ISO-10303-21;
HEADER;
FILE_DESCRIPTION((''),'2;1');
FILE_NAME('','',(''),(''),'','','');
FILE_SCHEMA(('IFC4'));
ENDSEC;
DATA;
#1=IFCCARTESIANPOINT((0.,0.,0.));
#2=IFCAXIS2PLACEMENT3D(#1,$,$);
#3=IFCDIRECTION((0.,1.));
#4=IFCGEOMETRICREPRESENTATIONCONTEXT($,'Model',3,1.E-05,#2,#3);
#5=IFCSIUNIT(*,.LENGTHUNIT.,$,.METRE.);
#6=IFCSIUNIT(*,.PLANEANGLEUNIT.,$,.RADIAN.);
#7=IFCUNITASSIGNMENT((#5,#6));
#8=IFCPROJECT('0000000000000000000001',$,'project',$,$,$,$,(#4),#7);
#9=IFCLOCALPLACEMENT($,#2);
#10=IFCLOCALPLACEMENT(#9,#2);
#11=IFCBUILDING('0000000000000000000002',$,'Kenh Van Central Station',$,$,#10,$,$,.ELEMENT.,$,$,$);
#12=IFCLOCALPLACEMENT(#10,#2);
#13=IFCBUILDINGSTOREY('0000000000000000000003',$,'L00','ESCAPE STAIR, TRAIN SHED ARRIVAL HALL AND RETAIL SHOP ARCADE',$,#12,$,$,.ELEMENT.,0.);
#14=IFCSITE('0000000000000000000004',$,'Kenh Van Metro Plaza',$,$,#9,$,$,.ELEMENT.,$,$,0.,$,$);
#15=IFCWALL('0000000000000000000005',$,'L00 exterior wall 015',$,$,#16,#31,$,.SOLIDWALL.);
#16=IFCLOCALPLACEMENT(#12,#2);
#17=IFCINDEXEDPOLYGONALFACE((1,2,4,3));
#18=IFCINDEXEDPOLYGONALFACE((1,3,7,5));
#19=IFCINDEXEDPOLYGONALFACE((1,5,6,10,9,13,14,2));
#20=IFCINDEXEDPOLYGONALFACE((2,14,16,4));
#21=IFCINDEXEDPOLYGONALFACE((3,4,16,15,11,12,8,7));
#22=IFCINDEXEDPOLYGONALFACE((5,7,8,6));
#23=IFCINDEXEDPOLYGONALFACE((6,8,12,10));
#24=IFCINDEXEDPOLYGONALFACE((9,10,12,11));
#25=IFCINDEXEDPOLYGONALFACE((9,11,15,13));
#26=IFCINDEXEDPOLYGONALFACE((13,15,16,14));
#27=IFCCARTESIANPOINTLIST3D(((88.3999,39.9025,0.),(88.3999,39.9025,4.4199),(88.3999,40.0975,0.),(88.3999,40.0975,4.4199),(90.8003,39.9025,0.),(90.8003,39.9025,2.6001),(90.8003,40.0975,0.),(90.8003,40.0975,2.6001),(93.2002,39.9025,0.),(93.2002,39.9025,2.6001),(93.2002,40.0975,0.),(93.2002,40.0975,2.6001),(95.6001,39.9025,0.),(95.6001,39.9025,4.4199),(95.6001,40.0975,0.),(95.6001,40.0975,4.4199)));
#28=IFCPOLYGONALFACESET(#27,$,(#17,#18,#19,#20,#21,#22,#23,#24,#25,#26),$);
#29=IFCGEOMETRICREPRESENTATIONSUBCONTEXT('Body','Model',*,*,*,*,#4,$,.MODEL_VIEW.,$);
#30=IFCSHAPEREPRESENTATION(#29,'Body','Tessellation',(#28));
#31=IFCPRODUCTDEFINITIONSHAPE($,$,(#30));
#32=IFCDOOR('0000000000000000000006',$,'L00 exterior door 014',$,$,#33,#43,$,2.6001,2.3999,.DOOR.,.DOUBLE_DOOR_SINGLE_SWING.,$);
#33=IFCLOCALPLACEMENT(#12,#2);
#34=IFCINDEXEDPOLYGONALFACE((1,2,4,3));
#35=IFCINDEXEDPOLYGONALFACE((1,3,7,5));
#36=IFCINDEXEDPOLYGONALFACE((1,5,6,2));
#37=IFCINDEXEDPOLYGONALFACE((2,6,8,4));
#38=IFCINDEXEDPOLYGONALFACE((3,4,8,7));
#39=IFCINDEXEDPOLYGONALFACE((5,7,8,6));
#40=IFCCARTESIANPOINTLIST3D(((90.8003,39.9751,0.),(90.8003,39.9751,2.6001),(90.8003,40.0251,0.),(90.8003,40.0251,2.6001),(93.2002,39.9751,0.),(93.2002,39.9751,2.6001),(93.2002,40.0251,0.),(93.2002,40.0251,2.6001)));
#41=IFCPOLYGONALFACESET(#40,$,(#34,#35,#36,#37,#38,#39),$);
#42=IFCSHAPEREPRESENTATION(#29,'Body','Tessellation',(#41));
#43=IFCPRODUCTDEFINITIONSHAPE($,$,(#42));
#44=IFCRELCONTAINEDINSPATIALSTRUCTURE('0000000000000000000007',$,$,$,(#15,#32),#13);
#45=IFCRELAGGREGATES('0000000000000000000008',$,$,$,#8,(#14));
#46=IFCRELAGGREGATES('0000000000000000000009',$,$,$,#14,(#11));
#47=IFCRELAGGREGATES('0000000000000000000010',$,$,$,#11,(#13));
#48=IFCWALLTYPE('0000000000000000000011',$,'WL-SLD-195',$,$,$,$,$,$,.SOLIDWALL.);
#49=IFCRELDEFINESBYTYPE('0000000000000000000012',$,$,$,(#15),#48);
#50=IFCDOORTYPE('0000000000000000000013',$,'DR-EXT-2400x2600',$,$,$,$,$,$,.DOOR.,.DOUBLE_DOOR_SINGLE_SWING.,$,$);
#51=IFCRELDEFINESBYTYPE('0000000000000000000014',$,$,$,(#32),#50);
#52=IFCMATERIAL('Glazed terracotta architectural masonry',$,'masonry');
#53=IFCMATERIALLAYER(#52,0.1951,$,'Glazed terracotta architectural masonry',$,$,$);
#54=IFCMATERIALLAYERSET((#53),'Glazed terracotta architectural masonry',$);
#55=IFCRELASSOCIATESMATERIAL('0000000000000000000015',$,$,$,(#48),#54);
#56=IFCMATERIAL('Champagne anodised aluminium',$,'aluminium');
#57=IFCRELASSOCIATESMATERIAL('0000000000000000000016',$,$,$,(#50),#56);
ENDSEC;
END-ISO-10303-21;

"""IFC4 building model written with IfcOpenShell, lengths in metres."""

from ifc_helpers import new_model, si_unit, direction, frame, frame_2d, origin, place, context, subcontext, project, spatial, rectangle, extrude, material, layer, layer_set, type_object, element, fill, save


model = new_model("IFC4")

# Units and contexts
model_context = context("Model", 3, precision=1e-05, world=origin(), true_north=direction((0.0, 1.0)))
body_context = subcontext(model_context, "Body", "Model", "MODEL_VIEW")
ifc_project = project(units=[si_unit("LENGTHUNIT", "METRE"), si_unit("PLANEANGLEUNIT", "RADIAN")], contexts=[model_context])

# Site, building, storey
site_placement = place(None, origin())
site = spatial("IfcSite", under=ifc_project, at=site_placement, Name="Kenh Van Metro Plaza", CompositionType="ELEMENT", RefElevation=0.0)
building_placement = place(site_placement, origin())
building = spatial("IfcBuilding", under=site, at=building_placement, Name="Kenh Van Central Station", CompositionType="ELEMENT")
storey_placement = place(building_placement, origin())
storey = spatial("IfcBuildingStorey", under=building, at=storey_placement, Name="L00", Description="ESCAPE STAIR, TRAIN SHED ARRIVAL HALL AND RETAIL SHOP ARCADE", CompositionType="ELEMENT", Elevation=0.0)

# Shared definitions
ifc_material_1 = material(Name="Champagne anodised aluminium", Category="aluminium")

# Wall, opening, door
ifc_material_2 = material(Name="Glazed terracotta architectural masonry", Category="masonry")
ifc_layer_1 = layer(ifc_material_2, 0.1951, Name="Glazed terracotta architectural masonry")
ifc_layer_set_1 = layer_set([ifc_layer_1], Name="Glazed terracotta architectural masonry")
wall_type = type_object("IfcWallType", Name="WL-SLD-195", PredefinedType="SOLIDWALL", material=ifc_layer_set_1)
wall_placement = place(storey_placement, frame((95.6001, 40.0, 0.0), z_axis=(0.0, 0.0, 1.0), x_axis=(-1.0, 0.0, 0.0)))
wall = element("IfcWall", 1, at=wall_placement, inside=storey, type_object=wall_type, Name="L00 exterior wall 015", PredefinedType="SOLIDWALL", context=body_context, shape_type="SweptSolid", body=[
    extrude(rectangle(XDim=7.2002, YDim=0.1951, at=frame_2d((3.6001, 0.0))), origin(), (0.0, 0.0, 1.0), 4.4199),
])
opening_placement = place(wall_placement, frame((2.3999, 0.0, 0.0)))
opening = element("IfcOpeningElement", 2, at=opening_placement, cuts=wall, PredefinedType="OPENING", context=body_context, shape_type="SweptSolid", body=[
    extrude(rectangle(XDim=2.3999, YDim=2.6001, at=frame_2d((1.2, 1.3))), frame((0.0, 0.1074, 0.0), z_axis=(0.0, -1.0, 0.0), x_axis=(1.0, 0.0, 0.0)), (0.0, 0.0, 1.0), 0.2151),
])
door_type = type_object("IfcDoorType", Name="DR-EXT-2400x2600", OperationType="DOUBLE_DOOR_SINGLE_SWING", PredefinedType="DOOR", material=ifc_material_1)
door_placement = place(opening_placement, origin())
door = element("IfcDoor", 3, at=door_placement, inside=storey, type_object=door_type, Name="L00 exterior door 014", OperationType="DOUBLE_DOOR_SINGLE_SWING", OverallHeight=2.6001, OverallWidth=2.3999, PredefinedType="DOOR", context=body_context, shape_type="SweptSolid", body=[
    extrude(rectangle(XDim=2.3999, YDim=2.6001, at=frame_2d((1.2, 1.3))), frame((0.0, 0.0249, 0.0), z_axis=(0.0, -1.0, 0.0), x_axis=(1.0, 0.0, 0.0)), (0.0, 0.0, 1.0), 0.05),
])
fill(opening, door)

save(model, "model.ifc")
